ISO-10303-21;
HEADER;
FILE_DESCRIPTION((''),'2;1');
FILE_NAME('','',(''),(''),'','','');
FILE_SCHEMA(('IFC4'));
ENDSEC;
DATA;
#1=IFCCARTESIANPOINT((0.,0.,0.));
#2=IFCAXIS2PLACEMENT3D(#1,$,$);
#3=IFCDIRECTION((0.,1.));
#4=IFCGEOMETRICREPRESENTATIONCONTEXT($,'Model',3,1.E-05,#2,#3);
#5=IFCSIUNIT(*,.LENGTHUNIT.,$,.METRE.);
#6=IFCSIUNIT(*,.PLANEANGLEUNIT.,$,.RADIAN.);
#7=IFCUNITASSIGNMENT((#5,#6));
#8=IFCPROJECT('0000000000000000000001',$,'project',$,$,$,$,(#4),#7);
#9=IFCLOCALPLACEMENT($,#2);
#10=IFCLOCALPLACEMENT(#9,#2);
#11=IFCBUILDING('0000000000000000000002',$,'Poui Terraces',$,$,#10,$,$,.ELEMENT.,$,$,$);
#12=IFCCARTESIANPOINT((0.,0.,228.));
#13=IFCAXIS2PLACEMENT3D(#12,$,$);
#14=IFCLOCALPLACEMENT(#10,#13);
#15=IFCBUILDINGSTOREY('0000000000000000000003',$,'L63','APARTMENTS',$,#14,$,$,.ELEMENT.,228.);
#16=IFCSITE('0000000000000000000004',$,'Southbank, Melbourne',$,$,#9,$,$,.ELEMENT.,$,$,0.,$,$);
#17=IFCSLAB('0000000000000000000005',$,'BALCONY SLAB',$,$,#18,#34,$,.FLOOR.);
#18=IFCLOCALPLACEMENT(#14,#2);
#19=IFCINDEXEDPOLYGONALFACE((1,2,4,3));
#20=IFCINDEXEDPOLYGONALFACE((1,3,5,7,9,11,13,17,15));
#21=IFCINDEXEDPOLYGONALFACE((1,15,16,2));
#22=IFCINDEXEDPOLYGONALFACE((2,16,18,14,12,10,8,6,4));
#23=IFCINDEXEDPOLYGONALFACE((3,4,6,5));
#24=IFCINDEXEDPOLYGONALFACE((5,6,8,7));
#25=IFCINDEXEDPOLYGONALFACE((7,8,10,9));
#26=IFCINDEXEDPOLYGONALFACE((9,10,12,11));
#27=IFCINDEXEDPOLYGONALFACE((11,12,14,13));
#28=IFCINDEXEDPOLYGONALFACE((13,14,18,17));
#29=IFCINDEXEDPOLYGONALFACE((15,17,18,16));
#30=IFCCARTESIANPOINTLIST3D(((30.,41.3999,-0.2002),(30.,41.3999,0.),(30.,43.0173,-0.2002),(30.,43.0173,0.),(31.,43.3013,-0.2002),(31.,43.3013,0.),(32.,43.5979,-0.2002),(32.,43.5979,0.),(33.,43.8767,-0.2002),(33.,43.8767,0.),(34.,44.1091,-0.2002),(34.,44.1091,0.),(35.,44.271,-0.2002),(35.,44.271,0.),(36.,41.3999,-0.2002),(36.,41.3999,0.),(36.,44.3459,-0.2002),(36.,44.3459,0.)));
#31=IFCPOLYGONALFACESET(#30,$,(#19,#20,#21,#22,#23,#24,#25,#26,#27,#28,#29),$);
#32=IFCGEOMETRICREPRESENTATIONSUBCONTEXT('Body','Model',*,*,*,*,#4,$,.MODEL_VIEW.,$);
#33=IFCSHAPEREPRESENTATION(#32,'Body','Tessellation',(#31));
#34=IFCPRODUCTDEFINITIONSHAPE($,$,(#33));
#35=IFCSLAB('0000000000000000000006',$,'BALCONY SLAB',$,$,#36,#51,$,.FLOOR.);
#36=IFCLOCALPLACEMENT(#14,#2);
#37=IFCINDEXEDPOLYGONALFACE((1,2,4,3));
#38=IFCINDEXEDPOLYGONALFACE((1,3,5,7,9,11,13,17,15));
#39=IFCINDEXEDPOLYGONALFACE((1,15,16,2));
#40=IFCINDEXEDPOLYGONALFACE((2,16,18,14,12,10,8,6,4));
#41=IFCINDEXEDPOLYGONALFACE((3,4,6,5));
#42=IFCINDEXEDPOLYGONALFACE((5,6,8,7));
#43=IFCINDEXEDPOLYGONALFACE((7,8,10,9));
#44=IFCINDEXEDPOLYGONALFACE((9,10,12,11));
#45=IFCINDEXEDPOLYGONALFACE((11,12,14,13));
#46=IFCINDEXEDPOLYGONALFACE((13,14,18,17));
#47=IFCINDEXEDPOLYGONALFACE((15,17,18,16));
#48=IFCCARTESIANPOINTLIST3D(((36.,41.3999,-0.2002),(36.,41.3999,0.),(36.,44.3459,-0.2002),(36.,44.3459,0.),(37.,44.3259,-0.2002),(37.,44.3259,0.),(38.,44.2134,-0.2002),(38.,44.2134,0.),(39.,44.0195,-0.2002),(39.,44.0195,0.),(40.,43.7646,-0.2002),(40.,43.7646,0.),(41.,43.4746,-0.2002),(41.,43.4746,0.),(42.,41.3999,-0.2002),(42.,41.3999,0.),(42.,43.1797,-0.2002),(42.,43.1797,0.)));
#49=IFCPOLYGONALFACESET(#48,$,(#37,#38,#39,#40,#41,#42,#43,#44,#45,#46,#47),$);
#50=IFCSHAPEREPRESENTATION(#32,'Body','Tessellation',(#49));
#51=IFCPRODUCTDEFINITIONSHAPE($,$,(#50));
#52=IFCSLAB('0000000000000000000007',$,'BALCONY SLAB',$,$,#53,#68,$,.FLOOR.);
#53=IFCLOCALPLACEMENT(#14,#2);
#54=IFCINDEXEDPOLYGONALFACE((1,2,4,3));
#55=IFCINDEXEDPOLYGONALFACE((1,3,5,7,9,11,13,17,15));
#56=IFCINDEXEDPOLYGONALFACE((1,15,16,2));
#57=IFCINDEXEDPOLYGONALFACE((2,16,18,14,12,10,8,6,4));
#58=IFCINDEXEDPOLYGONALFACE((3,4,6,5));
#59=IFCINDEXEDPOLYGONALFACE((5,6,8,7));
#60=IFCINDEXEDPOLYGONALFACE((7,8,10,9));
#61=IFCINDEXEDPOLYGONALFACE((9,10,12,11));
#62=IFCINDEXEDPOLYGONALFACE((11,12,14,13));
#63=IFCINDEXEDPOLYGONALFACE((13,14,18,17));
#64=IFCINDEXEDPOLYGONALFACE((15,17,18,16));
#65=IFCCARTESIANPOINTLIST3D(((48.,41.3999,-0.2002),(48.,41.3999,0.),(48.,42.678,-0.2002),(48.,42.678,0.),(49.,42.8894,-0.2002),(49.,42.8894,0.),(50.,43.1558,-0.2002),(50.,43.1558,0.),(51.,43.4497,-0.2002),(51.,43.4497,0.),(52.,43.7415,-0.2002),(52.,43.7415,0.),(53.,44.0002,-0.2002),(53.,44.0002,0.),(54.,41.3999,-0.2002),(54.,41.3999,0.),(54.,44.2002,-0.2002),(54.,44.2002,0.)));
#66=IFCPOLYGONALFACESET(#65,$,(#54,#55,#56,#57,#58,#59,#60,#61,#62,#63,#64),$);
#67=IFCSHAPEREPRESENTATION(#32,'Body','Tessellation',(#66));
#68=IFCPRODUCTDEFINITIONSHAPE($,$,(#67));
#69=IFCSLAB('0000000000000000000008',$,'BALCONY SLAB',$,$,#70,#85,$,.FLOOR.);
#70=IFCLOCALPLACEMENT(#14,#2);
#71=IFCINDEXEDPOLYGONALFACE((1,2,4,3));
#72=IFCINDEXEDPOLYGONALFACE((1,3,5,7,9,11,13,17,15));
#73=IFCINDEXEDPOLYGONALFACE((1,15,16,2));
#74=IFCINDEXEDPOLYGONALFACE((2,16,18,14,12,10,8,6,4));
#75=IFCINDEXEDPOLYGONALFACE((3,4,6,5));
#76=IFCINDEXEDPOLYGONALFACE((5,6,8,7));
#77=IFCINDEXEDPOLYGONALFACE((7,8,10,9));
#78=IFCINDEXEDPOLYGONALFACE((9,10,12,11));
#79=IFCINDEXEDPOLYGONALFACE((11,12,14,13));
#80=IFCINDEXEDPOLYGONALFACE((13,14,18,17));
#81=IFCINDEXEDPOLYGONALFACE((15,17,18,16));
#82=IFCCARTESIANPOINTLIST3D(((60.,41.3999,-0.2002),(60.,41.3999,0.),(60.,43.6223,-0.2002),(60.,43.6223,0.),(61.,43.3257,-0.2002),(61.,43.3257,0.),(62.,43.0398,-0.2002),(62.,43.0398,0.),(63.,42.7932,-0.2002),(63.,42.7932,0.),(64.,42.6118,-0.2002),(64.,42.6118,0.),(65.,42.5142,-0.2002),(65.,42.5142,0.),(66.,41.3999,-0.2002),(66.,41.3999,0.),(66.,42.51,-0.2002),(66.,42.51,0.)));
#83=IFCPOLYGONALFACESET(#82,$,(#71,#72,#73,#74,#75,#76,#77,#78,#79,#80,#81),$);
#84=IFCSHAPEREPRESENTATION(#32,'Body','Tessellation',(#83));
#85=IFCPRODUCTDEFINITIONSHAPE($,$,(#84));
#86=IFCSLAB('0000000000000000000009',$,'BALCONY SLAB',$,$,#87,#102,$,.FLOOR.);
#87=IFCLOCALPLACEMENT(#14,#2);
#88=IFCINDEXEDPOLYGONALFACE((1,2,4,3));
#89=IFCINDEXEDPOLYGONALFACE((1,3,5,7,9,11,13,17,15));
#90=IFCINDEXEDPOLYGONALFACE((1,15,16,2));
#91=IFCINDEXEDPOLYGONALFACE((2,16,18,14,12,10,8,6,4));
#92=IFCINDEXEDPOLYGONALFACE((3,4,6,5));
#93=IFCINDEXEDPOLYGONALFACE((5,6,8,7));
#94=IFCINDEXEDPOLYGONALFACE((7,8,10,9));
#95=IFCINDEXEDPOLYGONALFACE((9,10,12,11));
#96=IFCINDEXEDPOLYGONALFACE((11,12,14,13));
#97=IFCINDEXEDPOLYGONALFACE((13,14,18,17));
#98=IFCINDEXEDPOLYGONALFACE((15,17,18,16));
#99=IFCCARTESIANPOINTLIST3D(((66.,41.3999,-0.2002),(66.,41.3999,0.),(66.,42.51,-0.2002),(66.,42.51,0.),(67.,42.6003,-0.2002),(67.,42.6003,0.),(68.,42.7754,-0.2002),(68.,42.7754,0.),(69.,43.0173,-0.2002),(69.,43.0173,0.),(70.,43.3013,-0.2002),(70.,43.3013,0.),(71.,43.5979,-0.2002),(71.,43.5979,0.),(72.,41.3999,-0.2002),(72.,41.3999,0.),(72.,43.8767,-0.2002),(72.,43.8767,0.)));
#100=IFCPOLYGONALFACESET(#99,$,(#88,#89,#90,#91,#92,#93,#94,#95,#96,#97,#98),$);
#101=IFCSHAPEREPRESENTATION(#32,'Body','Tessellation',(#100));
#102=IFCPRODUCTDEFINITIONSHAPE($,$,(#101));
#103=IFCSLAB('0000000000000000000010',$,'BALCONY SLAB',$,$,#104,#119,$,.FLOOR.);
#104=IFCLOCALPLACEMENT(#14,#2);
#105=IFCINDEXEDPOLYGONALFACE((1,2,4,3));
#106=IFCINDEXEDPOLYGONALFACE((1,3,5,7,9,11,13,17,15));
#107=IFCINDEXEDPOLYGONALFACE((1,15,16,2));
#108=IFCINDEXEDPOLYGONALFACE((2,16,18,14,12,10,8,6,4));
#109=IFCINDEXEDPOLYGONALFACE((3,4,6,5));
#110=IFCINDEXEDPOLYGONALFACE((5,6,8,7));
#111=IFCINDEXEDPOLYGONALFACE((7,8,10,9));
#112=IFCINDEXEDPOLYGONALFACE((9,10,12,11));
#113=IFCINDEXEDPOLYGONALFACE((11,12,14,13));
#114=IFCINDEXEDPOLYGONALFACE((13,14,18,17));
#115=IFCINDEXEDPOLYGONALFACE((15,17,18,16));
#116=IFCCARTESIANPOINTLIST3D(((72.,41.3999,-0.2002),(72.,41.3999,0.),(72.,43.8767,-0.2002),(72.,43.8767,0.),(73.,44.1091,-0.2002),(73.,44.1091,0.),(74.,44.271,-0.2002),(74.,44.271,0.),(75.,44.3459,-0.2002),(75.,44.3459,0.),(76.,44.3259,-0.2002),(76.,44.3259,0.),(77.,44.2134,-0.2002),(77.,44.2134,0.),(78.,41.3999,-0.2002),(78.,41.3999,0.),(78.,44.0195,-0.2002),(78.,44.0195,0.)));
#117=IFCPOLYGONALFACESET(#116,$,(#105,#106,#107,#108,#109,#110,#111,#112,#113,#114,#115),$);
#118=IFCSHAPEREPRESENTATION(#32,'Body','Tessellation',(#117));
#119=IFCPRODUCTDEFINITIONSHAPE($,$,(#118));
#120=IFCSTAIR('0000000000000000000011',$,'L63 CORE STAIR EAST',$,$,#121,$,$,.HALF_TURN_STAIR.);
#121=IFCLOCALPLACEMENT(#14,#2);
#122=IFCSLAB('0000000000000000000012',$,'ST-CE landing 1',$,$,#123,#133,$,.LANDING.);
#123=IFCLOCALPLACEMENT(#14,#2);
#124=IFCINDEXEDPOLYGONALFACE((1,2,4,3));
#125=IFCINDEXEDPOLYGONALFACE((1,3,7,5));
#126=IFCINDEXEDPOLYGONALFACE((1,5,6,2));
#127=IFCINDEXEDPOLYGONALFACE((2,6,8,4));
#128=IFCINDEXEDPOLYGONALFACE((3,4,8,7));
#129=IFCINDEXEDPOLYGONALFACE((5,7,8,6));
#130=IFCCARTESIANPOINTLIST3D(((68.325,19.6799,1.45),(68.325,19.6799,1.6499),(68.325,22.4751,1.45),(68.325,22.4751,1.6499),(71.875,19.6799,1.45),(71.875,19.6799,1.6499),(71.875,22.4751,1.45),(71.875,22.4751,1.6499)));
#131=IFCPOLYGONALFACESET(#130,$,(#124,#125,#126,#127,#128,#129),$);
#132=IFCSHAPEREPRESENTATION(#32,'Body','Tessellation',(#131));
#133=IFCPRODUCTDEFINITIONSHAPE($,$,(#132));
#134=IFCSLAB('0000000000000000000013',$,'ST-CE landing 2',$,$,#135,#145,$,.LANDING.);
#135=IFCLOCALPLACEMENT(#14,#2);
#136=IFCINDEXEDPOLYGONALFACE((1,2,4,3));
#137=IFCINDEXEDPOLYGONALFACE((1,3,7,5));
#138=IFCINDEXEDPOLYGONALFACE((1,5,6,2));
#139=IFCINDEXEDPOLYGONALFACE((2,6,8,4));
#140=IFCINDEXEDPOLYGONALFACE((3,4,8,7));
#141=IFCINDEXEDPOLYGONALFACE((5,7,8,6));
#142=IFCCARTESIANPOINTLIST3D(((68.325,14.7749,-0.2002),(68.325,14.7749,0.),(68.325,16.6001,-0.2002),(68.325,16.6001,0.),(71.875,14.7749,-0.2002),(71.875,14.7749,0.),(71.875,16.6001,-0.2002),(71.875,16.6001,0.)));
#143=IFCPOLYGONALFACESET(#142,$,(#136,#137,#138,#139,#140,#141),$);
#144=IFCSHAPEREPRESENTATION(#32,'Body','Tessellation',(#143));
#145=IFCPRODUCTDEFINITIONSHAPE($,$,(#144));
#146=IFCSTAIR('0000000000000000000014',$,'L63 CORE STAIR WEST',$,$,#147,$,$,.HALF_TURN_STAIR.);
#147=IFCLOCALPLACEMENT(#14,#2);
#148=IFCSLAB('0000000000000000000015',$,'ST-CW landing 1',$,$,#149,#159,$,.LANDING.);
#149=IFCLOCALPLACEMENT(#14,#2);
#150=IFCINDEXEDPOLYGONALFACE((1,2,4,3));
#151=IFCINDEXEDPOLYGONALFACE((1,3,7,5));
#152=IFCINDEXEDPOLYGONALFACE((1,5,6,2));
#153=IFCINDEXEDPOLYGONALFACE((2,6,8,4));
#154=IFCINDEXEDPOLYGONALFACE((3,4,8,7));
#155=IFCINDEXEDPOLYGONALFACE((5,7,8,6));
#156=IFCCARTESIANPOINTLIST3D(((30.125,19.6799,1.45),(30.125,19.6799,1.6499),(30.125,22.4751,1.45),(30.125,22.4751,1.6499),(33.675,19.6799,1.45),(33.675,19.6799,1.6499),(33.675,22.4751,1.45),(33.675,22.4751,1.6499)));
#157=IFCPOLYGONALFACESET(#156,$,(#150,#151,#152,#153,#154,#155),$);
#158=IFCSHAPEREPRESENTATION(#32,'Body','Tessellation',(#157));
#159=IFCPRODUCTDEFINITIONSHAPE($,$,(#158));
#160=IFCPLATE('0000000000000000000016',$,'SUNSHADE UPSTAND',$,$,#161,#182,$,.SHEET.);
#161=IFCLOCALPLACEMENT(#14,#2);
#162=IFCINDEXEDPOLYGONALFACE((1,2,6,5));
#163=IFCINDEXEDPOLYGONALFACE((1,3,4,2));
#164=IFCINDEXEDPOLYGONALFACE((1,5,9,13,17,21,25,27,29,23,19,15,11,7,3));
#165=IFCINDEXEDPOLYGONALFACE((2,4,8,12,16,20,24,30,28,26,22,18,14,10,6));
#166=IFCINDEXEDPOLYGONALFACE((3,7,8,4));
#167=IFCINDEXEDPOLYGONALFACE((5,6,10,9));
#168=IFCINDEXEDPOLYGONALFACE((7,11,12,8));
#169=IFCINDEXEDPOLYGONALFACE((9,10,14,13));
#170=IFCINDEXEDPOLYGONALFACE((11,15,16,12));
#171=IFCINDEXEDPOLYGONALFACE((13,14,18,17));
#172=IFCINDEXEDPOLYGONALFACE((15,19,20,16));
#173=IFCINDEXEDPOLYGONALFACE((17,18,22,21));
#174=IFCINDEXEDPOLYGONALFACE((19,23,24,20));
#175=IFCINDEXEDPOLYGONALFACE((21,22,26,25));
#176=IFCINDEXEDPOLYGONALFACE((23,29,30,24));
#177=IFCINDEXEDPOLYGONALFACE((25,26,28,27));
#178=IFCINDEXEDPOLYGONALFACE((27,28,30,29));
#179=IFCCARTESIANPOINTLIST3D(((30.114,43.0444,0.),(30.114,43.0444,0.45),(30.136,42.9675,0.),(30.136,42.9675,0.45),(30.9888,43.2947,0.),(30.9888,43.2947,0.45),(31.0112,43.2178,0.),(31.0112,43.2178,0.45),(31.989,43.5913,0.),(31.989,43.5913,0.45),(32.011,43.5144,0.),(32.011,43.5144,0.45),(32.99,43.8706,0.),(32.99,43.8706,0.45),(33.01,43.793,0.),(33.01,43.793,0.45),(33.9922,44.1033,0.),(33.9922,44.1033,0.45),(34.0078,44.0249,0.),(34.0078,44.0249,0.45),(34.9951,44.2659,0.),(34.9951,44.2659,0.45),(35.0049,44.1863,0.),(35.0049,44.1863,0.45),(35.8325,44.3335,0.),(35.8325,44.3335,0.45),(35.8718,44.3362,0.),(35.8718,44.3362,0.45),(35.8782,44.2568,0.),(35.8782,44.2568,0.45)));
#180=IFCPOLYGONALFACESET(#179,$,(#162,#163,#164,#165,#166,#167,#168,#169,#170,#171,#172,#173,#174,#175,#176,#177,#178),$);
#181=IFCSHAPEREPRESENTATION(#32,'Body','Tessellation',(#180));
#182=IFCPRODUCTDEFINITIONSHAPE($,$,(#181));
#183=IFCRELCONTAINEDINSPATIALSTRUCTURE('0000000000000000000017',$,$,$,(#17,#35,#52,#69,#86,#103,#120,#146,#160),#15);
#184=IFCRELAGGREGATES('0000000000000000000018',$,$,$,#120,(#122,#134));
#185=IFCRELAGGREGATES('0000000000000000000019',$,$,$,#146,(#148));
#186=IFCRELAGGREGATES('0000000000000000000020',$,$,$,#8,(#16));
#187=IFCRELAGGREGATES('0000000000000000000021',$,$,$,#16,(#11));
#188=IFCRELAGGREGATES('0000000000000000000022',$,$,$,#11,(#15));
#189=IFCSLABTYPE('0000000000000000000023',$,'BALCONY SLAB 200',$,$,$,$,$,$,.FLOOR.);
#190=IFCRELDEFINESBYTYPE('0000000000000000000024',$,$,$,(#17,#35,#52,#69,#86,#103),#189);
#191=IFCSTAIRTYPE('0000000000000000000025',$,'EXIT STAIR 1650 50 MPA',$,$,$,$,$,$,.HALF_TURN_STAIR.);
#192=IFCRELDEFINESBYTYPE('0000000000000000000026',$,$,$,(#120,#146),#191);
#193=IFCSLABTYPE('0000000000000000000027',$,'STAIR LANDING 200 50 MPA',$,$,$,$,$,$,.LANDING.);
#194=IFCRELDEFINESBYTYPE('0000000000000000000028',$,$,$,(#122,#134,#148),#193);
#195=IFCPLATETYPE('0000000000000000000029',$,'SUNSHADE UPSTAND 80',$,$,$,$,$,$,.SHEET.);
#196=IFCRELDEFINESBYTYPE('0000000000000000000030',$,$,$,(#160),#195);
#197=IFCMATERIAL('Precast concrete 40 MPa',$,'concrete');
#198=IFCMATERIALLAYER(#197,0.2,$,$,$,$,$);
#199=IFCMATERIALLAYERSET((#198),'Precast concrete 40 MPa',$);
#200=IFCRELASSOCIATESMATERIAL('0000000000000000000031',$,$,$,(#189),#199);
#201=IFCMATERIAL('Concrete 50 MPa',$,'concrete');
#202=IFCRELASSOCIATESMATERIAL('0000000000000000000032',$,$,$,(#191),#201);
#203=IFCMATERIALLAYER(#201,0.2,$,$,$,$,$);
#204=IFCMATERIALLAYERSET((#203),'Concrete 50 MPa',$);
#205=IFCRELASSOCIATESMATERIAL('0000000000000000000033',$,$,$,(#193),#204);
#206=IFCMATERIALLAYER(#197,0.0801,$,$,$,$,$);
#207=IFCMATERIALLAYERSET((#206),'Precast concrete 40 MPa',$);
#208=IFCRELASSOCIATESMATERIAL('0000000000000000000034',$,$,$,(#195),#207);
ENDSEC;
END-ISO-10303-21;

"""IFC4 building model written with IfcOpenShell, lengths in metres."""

from ifc_helpers import new_model, si_unit, direction, frame, origin, place, context, subcontext, project, spatial, polyline, outline, extrude, material, layer, layer_set, type_object, element, aggregate, save


model = new_model("IFC4")

# Units and contexts
model_context = context("Model", 3, precision=1e-05, world=origin(), true_north=direction((0.0, 1.0)))
body_context = subcontext(model_context, "Body", "Model", "MODEL_VIEW")
ifc_project = project(units=[si_unit("LENGTHUNIT", "METRE"), si_unit("PLANEANGLEUNIT", "RADIAN")], contexts=[model_context])

# Site, building, storey
site_placement = place(None, origin())
site = spatial("IfcSite", under=ifc_project, at=site_placement, Name="Southbank, Melbourne", CompositionType="ELEMENT", RefElevation=0.0)
building_placement = place(site_placement, origin())
building = spatial("IfcBuilding", under=site, at=building_placement, Name="Poui Terraces", CompositionType="ELEMENT")
storey_placement = place(building_placement, frame((0.0, 0.0, 228.0)))
storey = spatial("IfcBuildingStorey", under=building, at=storey_placement, Name="L63", Description="APARTMENTS", CompositionType="ELEMENT", Elevation=228.0)

# Slabs
ifc_material_1 = material(Name="Precast concrete 40 MPa", Category="concrete")
ifc_layer_1 = layer(ifc_material_1, 0.2)
ifc_layer_set_1 = layer_set([ifc_layer_1], Name="Precast concrete 40 MPa")
slab_type_1 = type_object("IfcSlabType", Name="BALCONY SLAB 200", PredefinedType="FLOOR", material=ifc_layer_set_1)
slab_1_placement = place(storey_placement, frame((0.0, 0.0, -0.2002)))
element("IfcSlab", 1, at=slab_1_placement, inside=storey, type_object=slab_type_1, Name="BALCONY SLAB", PredefinedType="FLOOR", context=body_context, shape_type="SweptSolid", body=[
    extrude(outline(polyline([(30.0, 41.3999), (36.0, 41.3999), (36.0, 44.3459), (35.0, 44.271), (34.0, 44.1091), (33.0, 43.8767), (32.0, 43.5979), (31.0, 43.3013), (30.0, 43.0173), (30.0, 41.3999)])), origin(), (0.0, 0.0, 1.0), 0.2002),
])
slab_2_placement = place(storey_placement, frame((0.0, 0.0, -0.2002)))
element("IfcSlab", 2, at=slab_2_placement, inside=storey, type_object=slab_type_1, Name="BALCONY SLAB", PredefinedType="FLOOR", context=body_context, shape_type="SweptSolid", body=[
    extrude(outline(polyline([(36.0, 41.3999), (42.0, 41.3999), (42.0, 43.1797), (41.0, 43.4746), (40.0, 43.7646), (39.0, 44.0195), (38.0, 44.2134), (37.0, 44.3259), (36.0, 44.3459), (36.0, 41.3999)])), origin(), (0.0, 0.0, 1.0), 0.2002),
])
slab_3_placement = place(storey_placement, frame((0.0, 0.0, -0.2002)))
element("IfcSlab", 3, at=slab_3_placement, inside=storey, type_object=slab_type_1, Name="BALCONY SLAB", PredefinedType="FLOOR", context=body_context, shape_type="SweptSolid", body=[
    extrude(outline(polyline([(48.0, 41.3999), (54.0, 41.3999), (54.0, 44.2002), (53.0, 44.0002), (52.0, 43.7415), (51.0, 43.4497), (50.0, 43.1558), (49.0, 42.8894), (48.0, 42.678), (48.0, 41.3999)])), origin(), (0.0, 0.0, 1.0), 0.2002),
])
slab_4_placement = place(storey_placement, frame((0.0, 0.0, -0.2002)))
element("IfcSlab", 4, at=slab_4_placement, inside=storey, type_object=slab_type_1, Name="BALCONY SLAB", PredefinedType="FLOOR", context=body_context, shape_type="SweptSolid", body=[
    extrude(outline(polyline([(60.0, 41.3999), (66.0, 41.3999), (66.0, 42.51), (65.0, 42.5142), (64.0, 42.6118), (63.0, 42.7932), (62.0, 43.0398), (61.0, 43.3257), (60.0, 43.6223), (60.0, 41.3999)])), origin(), (0.0, 0.0, 1.0), 0.2002),
])
slab_5_placement = place(storey_placement, frame((0.0, 0.0, -0.2002)))
element("IfcSlab", 5, at=slab_5_placement, inside=storey, type_object=slab_type_1, Name="BALCONY SLAB", PredefinedType="FLOOR", context=body_context, shape_type="SweptSolid", body=[
    extrude(outline(polyline([(66.0, 41.3999), (72.0, 41.3999), (72.0, 43.8767), (71.0, 43.5979), (70.0, 43.3013), (69.0, 43.0173), (68.0, 42.7754), (67.0, 42.6003), (66.0, 42.51), (66.0, 41.3999)])), origin(), (0.0, 0.0, 1.0), 0.2002),
])
slab_6_placement = place(storey_placement, frame((0.0, 0.0, -0.2002)))
element("IfcSlab", 6, at=slab_6_placement, inside=storey, type_object=slab_type_1, Name="BALCONY SLAB", PredefinedType="FLOOR", context=body_context, shape_type="SweptSolid", body=[
    extrude(outline(polyline([(72.0, 41.3999), (78.0, 41.3999), (78.0, 44.0195), (77.0, 44.2134), (76.0, 44.3259), (75.0, 44.3459), (74.0, 44.271), (73.0, 44.1091), (72.0, 43.8767), (72.0, 41.3999)])), origin(), (0.0, 0.0, 1.0), 0.2002),
])

# Stair, slabs
ifc_material_2 = material(Name="Concrete 50 MPa", Category="concrete")
stair_type = type_object("IfcStairType", Name="EXIT STAIR 1650 50 MPA", PredefinedType="HALF_TURN_STAIR", material=ifc_material_2)
stair_1_placement = place(storey_placement, origin())
stair_1 = element("IfcStair", 7, at=stair_1_placement, inside=storey, type_object=stair_type, Name="L63 CORE STAIR EAST", PredefinedType="HALF_TURN_STAIR")
ifc_layer_2 = layer(ifc_material_2, 0.2)
ifc_layer_set_2 = layer_set([ifc_layer_2], Name="Concrete 50 MPa")
slab_type_2 = type_object("IfcSlabType", Name="STAIR LANDING 200 50 MPA", PredefinedType="LANDING", material=ifc_layer_set_2)
slab_7_placement = place(storey_placement, frame((0.0, 0.0, 1.45)))
slab_7 = element("IfcSlab", 8, at=slab_7_placement, type_object=slab_type_2, Name="ST-CE landing 1", PredefinedType="LANDING", context=body_context, shape_type="SweptSolid", body=[
    extrude(outline(polyline([(68.325, 19.6799), (71.875, 19.6799), (71.875, 22.4751), (68.325, 22.4751), (68.325, 19.6799)])), origin(), (0.0, 0.0, 1.0), 0.2),
])
slab_8_placement = place(storey_placement, frame((0.0, 0.0, -0.2002)))
slab_8 = element("IfcSlab", 9, at=slab_8_placement, type_object=slab_type_2, Name="ST-CE landing 2", PredefinedType="LANDING", context=body_context, shape_type="SweptSolid", body=[
    extrude(outline(polyline([(68.325, 14.7749), (71.875, 14.7749), (71.875, 16.6001), (68.325, 16.6001), (68.325, 14.7749)])), origin(), (0.0, 0.0, 1.0), 0.2002),
])
aggregate(stair_1, [slab_7, slab_8])

# Stair, slab
stair_2_placement = place(storey_placement, origin())
stair_2 = element("IfcStair", 10, at=stair_2_placement, inside=storey, type_object=stair_type, Name="L63 CORE STAIR WEST", PredefinedType="HALF_TURN_STAIR")
slab_9_placement = place(storey_placement, frame((0.0, 0.0, 1.45)))
slab_9 = element("IfcSlab", 11, at=slab_9_placement, type_object=slab_type_2, Name="ST-CW landing 1", PredefinedType="LANDING", context=body_context, shape_type="SweptSolid", body=[
    extrude(outline(polyline([(30.125, 19.6799), (33.675, 19.6799), (33.675, 22.4751), (30.125, 22.4751), (30.125, 19.6799)])), origin(), (0.0, 0.0, 1.0), 0.2),
])
aggregate(stair_2, [slab_9])

# Plate
ifc_layer_3 = layer(ifc_material_1, 0.0801)
ifc_layer_set_3 = layer_set([ifc_layer_3], Name="Precast concrete 40 MPa")
plate_type = type_object("IfcPlateType", Name="SUNSHADE UPSTAND 80", PredefinedType="SHEET", material=ifc_layer_set_3)
plate_1_placement = place(storey_placement, origin())
element("IfcPlate", 12, at=plate_1_placement, inside=storey, type_object=plate_type, Name="SUNSHADE UPSTAND", PredefinedType="SHEET", context=body_context, shape_type="SweptSolid", body=[
    extrude(outline(polyline([(30.9888, 43.2947), (30.114, 43.0444), (30.136, 42.9675), (31.0112, 43.2178), (32.011, 43.5144), (33.01, 43.793), (34.0078, 44.0249), (35.0049, 44.1863), (35.8782, 44.2568), (35.8718, 44.3362), (35.8325, 44.3335), (34.9951, 44.2659), (33.9922, 44.1033), (32.99, 43.8706), (31.989, 43.5913), (30.9888, 43.2947)])), origin(), (0.0, 0.0, 1.0), 0.45),
])

save(model, "model.ifc")
